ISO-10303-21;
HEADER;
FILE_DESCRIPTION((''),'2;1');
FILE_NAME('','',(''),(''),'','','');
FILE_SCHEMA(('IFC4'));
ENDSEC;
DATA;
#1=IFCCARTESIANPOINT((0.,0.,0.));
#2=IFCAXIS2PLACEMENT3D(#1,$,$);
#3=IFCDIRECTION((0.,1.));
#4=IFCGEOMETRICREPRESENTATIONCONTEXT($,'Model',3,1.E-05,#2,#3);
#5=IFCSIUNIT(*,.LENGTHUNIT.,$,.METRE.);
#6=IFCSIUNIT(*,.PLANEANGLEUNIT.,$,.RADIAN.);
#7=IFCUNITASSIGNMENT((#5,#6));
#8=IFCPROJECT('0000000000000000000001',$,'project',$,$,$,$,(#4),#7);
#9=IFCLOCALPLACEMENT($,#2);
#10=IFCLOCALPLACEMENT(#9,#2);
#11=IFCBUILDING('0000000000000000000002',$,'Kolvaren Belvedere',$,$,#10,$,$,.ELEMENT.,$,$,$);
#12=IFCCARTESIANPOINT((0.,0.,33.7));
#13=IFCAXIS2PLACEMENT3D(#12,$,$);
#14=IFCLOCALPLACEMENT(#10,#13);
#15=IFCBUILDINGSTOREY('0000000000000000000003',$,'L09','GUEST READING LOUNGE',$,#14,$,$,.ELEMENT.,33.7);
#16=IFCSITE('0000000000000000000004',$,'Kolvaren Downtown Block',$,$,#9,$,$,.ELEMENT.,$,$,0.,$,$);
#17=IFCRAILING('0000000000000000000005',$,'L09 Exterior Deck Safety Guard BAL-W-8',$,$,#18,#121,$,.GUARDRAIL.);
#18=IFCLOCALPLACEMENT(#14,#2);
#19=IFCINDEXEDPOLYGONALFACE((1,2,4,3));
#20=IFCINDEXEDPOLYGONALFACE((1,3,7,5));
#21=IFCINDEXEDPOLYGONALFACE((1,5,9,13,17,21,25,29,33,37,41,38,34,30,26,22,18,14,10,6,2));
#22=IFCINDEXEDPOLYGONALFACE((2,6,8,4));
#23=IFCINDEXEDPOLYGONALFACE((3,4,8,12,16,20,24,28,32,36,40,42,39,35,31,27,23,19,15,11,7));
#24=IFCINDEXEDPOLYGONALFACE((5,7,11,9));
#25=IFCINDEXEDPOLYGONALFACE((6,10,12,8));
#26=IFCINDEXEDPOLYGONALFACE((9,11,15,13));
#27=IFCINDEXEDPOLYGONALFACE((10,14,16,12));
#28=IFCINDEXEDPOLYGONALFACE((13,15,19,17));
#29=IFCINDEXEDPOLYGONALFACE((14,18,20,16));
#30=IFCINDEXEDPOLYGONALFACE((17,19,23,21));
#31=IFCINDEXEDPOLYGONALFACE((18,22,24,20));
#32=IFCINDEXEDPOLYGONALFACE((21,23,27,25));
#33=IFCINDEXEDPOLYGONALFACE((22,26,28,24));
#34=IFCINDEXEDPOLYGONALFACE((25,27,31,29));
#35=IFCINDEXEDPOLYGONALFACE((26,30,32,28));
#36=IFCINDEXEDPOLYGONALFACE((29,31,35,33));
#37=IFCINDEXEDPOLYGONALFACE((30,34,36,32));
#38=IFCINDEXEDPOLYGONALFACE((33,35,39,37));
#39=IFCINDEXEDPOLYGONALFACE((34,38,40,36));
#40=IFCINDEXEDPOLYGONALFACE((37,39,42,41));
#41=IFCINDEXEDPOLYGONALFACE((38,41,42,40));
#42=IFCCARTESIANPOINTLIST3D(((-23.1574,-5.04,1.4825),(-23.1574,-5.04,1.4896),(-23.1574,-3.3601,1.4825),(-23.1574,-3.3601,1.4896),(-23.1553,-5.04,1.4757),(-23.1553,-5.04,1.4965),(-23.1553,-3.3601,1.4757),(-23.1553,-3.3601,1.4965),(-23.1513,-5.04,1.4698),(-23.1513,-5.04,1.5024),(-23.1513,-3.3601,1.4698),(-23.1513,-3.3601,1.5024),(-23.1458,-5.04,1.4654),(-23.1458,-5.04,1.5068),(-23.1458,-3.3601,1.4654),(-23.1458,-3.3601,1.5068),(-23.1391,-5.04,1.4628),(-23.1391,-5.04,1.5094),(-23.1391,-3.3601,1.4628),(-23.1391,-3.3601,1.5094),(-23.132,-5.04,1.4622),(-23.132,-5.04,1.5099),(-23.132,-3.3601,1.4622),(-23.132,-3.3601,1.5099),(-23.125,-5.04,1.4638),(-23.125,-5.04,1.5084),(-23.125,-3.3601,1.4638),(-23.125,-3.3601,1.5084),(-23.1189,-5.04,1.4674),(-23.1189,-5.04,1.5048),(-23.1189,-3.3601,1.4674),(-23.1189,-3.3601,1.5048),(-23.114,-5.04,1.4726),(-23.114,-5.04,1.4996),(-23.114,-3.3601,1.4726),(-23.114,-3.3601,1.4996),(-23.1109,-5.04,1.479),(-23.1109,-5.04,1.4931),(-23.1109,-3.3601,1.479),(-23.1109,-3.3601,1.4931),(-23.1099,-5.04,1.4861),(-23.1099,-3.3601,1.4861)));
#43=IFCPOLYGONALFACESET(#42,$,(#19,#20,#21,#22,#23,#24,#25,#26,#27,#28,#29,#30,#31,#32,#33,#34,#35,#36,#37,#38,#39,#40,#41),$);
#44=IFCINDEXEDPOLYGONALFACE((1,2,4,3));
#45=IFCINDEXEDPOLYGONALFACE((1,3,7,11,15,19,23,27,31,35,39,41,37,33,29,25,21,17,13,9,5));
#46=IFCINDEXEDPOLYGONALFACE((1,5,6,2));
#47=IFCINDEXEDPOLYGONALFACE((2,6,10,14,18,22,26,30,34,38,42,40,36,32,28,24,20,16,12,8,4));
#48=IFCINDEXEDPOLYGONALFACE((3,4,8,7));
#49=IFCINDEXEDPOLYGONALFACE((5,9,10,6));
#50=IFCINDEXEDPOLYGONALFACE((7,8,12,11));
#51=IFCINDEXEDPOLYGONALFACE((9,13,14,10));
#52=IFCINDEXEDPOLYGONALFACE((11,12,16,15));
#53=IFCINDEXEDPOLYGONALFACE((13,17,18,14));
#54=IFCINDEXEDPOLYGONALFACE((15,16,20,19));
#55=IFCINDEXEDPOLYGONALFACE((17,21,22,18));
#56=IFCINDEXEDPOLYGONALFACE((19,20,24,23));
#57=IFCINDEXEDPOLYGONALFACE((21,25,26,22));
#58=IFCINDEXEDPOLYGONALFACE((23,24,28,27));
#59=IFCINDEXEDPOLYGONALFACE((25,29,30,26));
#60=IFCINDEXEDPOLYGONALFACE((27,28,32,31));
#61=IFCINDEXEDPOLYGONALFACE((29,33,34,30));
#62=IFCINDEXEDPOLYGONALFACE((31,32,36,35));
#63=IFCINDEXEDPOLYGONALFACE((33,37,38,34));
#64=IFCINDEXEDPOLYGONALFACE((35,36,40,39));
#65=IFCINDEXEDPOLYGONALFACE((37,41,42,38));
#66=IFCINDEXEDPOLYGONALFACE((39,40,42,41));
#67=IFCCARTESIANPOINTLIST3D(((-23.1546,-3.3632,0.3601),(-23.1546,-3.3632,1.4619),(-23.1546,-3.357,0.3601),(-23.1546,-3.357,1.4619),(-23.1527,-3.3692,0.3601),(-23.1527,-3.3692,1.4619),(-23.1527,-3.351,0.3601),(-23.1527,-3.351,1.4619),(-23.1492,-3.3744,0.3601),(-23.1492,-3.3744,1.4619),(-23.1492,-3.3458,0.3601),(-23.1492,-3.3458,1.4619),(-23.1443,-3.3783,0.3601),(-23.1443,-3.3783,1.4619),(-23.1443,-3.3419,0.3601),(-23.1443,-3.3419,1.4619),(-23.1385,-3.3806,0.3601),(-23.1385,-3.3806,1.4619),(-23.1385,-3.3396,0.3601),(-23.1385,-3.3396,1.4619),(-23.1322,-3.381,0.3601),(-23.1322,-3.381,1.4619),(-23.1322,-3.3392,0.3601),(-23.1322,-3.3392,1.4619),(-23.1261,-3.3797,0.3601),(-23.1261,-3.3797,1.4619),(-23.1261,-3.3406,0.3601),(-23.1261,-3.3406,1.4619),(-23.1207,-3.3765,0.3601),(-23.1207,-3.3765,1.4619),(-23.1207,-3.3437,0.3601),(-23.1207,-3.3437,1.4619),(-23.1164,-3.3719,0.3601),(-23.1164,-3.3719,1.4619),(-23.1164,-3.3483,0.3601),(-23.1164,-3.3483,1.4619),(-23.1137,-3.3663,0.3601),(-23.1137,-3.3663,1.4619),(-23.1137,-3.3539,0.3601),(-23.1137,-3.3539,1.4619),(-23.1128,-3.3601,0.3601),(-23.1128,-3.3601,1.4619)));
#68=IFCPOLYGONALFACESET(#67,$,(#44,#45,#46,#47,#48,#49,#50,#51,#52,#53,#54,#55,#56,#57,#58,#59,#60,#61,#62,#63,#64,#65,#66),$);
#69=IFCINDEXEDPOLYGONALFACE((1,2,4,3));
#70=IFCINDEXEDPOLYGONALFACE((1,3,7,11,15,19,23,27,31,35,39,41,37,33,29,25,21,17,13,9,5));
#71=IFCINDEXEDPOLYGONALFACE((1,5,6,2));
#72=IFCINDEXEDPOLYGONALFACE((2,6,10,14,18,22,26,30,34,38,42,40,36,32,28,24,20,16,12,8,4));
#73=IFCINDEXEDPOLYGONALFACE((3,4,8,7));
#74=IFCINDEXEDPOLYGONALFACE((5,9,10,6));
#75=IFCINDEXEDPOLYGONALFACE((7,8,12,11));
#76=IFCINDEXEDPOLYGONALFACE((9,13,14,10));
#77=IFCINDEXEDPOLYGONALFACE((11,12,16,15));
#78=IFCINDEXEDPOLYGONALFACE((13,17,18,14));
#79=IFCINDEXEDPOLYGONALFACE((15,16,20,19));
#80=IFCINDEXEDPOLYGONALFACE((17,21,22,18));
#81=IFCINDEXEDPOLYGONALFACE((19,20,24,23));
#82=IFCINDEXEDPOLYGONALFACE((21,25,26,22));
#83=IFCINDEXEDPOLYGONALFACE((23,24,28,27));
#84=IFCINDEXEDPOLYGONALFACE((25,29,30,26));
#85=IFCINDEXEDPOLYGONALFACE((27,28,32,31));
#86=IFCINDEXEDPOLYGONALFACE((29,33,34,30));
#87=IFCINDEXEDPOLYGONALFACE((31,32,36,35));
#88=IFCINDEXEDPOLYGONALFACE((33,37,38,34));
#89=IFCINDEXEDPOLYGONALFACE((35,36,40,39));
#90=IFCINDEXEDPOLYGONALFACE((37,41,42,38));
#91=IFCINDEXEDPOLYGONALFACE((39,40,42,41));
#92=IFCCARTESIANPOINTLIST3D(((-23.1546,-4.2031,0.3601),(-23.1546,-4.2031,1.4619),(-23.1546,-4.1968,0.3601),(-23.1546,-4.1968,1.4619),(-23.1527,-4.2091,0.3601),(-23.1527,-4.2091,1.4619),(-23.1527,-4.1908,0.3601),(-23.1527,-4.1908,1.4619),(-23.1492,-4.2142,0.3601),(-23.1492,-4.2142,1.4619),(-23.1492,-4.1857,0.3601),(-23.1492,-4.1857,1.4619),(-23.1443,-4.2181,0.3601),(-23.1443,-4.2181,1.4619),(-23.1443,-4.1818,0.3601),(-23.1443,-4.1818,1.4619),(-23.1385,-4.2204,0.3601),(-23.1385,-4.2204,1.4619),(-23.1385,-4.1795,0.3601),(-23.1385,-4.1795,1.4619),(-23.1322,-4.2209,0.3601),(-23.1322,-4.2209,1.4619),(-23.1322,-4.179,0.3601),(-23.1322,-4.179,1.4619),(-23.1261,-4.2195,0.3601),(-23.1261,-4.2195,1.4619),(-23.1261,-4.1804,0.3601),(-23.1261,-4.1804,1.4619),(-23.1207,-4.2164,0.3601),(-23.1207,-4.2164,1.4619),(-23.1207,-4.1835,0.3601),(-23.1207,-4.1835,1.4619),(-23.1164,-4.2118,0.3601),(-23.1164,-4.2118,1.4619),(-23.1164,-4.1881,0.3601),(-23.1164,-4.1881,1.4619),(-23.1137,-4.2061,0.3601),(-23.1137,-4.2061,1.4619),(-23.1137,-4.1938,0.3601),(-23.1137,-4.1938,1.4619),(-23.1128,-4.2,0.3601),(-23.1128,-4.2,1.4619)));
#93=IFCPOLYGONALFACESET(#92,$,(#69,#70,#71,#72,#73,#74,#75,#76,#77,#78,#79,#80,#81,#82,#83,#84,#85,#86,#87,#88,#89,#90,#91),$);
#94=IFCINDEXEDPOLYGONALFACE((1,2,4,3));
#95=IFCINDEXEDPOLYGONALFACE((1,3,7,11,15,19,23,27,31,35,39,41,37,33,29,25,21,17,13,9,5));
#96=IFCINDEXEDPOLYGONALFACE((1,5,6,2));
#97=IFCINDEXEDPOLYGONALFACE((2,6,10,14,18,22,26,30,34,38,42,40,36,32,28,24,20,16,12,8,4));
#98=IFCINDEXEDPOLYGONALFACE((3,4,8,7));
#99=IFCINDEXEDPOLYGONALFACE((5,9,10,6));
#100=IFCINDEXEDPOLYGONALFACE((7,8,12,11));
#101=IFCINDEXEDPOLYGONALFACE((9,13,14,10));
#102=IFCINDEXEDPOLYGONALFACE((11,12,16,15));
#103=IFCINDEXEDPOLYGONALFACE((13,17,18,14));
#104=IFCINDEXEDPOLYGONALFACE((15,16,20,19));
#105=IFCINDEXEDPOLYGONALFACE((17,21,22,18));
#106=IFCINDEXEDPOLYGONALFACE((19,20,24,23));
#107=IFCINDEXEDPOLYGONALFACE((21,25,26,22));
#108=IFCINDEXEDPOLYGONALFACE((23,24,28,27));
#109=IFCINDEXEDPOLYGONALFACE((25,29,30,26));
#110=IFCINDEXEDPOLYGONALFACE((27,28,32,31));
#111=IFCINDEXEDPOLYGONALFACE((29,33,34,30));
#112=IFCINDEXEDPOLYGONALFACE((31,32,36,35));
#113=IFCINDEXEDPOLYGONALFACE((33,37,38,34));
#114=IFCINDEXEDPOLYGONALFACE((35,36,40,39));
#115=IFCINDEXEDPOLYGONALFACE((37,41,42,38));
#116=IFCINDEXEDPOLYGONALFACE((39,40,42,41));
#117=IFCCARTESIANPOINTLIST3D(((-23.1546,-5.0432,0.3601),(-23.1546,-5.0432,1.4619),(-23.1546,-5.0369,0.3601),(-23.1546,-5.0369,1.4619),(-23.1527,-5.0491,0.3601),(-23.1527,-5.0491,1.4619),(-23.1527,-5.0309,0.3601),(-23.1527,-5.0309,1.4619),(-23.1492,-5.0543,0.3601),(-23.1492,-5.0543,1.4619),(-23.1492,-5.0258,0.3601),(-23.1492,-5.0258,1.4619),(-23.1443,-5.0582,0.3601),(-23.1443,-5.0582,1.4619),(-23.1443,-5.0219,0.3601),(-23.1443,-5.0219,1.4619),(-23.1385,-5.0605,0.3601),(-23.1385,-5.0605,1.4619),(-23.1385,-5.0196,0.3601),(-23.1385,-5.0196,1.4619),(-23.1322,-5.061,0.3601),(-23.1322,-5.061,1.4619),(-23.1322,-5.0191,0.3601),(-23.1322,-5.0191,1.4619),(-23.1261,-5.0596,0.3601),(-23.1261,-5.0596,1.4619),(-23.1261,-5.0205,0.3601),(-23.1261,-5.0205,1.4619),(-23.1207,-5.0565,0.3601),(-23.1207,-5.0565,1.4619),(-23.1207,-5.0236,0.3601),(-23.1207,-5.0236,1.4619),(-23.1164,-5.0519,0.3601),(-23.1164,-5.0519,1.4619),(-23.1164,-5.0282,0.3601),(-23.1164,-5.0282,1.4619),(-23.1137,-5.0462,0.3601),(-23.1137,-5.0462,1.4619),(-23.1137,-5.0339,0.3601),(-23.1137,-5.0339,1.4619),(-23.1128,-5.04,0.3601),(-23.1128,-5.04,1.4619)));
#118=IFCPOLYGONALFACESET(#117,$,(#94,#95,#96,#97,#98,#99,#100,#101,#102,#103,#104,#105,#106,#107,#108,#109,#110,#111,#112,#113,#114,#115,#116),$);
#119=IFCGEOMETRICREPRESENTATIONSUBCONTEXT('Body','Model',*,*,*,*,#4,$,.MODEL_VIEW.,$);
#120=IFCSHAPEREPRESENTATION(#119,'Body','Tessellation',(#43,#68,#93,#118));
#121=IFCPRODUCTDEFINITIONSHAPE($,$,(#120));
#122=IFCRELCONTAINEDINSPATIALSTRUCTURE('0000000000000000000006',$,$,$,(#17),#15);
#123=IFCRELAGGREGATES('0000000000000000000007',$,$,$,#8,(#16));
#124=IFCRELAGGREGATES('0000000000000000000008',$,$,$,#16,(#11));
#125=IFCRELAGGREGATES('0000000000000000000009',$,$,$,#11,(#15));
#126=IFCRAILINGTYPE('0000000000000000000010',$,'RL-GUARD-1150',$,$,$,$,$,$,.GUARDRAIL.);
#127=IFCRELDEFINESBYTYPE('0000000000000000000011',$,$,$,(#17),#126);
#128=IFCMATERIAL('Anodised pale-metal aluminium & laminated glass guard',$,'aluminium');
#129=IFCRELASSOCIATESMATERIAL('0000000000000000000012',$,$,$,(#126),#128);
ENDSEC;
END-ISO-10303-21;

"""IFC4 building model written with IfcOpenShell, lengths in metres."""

from ifc_helpers import new_model, si_unit, direction, frame, origin, origin_2d, place, context, subcontext, project, spatial, circle, extrude, material, type_object, element, save


model = new_model("IFC4")

# Units and contexts
model_context = context("Model", 3, precision=1e-05, world=origin(), true_north=direction((0.0, 1.0)))
body_context = subcontext(model_context, "Body", "Model", "MODEL_VIEW")
ifc_project = project(units=[si_unit("LENGTHUNIT", "METRE"), si_unit("PLANEANGLEUNIT", "RADIAN")], contexts=[model_context])

# Site, building, storey
site_placement = place(None, origin())
site = spatial("IfcSite", under=ifc_project, at=site_placement, Name="Kolvaren Downtown Block", CompositionType="ELEMENT", RefElevation=0.0)
building_placement = place(site_placement, origin())
building = spatial("IfcBuilding", under=site, at=building_placement, Name="Kolvaren Belvedere", CompositionType="ELEMENT")
storey_placement = place(building_placement, frame((0.0, 0.0, 33.7)))
storey = spatial("IfcBuildingStorey", under=building, at=storey_placement, Name="L09", Description="GUEST READING LOUNGE", CompositionType="ELEMENT", Elevation=33.7)

# Railing
ifc_material_1 = material(Name="Anodised pale-metal aluminium & laminated glass guard", Category="aluminium")
railing_type = type_object("IfcRailingType", Name="RL-GUARD-1150", PredefinedType="GUARDRAIL", material=ifc_material_1)
railing_1_placement = place(storey_placement, frame((-23.1338, -3.3601, 0.3601)))
element("IfcRailing", 1, at=railing_1_placement, inside=storey, type_object=railing_type, Name="L09 Exterior Deck Safety Guard BAL-W-8", PredefinedType="GUARDRAIL", context=body_context, shape_type="SweptSolid", body=[
    extrude(circle(Radius=0.0239, at=origin_2d()), frame((0.0, 0.0, 1.126), z_axis=(0.0, -1.0, 0.0), x_axis=(1.0, 0.0, 0.0)), (0.0, 0.0, 1.0), 1.6799),
    extrude(circle(Radius=0.021, at=origin_2d()), origin(), (0.0, 0.0, 1.0), 1.1018),
    extrude(circle(Radius=0.021, at=origin_2d()), frame((0.0, -0.8398, 0.0)), (0.0, 0.0, 1.0), 1.1018),
    extrude(circle(Radius=0.021, at=origin_2d()), frame((0.0, -1.6799, 0.0)), (0.0, 0.0, 1.0), 1.1018),
])

save(model, "model.ifc")
